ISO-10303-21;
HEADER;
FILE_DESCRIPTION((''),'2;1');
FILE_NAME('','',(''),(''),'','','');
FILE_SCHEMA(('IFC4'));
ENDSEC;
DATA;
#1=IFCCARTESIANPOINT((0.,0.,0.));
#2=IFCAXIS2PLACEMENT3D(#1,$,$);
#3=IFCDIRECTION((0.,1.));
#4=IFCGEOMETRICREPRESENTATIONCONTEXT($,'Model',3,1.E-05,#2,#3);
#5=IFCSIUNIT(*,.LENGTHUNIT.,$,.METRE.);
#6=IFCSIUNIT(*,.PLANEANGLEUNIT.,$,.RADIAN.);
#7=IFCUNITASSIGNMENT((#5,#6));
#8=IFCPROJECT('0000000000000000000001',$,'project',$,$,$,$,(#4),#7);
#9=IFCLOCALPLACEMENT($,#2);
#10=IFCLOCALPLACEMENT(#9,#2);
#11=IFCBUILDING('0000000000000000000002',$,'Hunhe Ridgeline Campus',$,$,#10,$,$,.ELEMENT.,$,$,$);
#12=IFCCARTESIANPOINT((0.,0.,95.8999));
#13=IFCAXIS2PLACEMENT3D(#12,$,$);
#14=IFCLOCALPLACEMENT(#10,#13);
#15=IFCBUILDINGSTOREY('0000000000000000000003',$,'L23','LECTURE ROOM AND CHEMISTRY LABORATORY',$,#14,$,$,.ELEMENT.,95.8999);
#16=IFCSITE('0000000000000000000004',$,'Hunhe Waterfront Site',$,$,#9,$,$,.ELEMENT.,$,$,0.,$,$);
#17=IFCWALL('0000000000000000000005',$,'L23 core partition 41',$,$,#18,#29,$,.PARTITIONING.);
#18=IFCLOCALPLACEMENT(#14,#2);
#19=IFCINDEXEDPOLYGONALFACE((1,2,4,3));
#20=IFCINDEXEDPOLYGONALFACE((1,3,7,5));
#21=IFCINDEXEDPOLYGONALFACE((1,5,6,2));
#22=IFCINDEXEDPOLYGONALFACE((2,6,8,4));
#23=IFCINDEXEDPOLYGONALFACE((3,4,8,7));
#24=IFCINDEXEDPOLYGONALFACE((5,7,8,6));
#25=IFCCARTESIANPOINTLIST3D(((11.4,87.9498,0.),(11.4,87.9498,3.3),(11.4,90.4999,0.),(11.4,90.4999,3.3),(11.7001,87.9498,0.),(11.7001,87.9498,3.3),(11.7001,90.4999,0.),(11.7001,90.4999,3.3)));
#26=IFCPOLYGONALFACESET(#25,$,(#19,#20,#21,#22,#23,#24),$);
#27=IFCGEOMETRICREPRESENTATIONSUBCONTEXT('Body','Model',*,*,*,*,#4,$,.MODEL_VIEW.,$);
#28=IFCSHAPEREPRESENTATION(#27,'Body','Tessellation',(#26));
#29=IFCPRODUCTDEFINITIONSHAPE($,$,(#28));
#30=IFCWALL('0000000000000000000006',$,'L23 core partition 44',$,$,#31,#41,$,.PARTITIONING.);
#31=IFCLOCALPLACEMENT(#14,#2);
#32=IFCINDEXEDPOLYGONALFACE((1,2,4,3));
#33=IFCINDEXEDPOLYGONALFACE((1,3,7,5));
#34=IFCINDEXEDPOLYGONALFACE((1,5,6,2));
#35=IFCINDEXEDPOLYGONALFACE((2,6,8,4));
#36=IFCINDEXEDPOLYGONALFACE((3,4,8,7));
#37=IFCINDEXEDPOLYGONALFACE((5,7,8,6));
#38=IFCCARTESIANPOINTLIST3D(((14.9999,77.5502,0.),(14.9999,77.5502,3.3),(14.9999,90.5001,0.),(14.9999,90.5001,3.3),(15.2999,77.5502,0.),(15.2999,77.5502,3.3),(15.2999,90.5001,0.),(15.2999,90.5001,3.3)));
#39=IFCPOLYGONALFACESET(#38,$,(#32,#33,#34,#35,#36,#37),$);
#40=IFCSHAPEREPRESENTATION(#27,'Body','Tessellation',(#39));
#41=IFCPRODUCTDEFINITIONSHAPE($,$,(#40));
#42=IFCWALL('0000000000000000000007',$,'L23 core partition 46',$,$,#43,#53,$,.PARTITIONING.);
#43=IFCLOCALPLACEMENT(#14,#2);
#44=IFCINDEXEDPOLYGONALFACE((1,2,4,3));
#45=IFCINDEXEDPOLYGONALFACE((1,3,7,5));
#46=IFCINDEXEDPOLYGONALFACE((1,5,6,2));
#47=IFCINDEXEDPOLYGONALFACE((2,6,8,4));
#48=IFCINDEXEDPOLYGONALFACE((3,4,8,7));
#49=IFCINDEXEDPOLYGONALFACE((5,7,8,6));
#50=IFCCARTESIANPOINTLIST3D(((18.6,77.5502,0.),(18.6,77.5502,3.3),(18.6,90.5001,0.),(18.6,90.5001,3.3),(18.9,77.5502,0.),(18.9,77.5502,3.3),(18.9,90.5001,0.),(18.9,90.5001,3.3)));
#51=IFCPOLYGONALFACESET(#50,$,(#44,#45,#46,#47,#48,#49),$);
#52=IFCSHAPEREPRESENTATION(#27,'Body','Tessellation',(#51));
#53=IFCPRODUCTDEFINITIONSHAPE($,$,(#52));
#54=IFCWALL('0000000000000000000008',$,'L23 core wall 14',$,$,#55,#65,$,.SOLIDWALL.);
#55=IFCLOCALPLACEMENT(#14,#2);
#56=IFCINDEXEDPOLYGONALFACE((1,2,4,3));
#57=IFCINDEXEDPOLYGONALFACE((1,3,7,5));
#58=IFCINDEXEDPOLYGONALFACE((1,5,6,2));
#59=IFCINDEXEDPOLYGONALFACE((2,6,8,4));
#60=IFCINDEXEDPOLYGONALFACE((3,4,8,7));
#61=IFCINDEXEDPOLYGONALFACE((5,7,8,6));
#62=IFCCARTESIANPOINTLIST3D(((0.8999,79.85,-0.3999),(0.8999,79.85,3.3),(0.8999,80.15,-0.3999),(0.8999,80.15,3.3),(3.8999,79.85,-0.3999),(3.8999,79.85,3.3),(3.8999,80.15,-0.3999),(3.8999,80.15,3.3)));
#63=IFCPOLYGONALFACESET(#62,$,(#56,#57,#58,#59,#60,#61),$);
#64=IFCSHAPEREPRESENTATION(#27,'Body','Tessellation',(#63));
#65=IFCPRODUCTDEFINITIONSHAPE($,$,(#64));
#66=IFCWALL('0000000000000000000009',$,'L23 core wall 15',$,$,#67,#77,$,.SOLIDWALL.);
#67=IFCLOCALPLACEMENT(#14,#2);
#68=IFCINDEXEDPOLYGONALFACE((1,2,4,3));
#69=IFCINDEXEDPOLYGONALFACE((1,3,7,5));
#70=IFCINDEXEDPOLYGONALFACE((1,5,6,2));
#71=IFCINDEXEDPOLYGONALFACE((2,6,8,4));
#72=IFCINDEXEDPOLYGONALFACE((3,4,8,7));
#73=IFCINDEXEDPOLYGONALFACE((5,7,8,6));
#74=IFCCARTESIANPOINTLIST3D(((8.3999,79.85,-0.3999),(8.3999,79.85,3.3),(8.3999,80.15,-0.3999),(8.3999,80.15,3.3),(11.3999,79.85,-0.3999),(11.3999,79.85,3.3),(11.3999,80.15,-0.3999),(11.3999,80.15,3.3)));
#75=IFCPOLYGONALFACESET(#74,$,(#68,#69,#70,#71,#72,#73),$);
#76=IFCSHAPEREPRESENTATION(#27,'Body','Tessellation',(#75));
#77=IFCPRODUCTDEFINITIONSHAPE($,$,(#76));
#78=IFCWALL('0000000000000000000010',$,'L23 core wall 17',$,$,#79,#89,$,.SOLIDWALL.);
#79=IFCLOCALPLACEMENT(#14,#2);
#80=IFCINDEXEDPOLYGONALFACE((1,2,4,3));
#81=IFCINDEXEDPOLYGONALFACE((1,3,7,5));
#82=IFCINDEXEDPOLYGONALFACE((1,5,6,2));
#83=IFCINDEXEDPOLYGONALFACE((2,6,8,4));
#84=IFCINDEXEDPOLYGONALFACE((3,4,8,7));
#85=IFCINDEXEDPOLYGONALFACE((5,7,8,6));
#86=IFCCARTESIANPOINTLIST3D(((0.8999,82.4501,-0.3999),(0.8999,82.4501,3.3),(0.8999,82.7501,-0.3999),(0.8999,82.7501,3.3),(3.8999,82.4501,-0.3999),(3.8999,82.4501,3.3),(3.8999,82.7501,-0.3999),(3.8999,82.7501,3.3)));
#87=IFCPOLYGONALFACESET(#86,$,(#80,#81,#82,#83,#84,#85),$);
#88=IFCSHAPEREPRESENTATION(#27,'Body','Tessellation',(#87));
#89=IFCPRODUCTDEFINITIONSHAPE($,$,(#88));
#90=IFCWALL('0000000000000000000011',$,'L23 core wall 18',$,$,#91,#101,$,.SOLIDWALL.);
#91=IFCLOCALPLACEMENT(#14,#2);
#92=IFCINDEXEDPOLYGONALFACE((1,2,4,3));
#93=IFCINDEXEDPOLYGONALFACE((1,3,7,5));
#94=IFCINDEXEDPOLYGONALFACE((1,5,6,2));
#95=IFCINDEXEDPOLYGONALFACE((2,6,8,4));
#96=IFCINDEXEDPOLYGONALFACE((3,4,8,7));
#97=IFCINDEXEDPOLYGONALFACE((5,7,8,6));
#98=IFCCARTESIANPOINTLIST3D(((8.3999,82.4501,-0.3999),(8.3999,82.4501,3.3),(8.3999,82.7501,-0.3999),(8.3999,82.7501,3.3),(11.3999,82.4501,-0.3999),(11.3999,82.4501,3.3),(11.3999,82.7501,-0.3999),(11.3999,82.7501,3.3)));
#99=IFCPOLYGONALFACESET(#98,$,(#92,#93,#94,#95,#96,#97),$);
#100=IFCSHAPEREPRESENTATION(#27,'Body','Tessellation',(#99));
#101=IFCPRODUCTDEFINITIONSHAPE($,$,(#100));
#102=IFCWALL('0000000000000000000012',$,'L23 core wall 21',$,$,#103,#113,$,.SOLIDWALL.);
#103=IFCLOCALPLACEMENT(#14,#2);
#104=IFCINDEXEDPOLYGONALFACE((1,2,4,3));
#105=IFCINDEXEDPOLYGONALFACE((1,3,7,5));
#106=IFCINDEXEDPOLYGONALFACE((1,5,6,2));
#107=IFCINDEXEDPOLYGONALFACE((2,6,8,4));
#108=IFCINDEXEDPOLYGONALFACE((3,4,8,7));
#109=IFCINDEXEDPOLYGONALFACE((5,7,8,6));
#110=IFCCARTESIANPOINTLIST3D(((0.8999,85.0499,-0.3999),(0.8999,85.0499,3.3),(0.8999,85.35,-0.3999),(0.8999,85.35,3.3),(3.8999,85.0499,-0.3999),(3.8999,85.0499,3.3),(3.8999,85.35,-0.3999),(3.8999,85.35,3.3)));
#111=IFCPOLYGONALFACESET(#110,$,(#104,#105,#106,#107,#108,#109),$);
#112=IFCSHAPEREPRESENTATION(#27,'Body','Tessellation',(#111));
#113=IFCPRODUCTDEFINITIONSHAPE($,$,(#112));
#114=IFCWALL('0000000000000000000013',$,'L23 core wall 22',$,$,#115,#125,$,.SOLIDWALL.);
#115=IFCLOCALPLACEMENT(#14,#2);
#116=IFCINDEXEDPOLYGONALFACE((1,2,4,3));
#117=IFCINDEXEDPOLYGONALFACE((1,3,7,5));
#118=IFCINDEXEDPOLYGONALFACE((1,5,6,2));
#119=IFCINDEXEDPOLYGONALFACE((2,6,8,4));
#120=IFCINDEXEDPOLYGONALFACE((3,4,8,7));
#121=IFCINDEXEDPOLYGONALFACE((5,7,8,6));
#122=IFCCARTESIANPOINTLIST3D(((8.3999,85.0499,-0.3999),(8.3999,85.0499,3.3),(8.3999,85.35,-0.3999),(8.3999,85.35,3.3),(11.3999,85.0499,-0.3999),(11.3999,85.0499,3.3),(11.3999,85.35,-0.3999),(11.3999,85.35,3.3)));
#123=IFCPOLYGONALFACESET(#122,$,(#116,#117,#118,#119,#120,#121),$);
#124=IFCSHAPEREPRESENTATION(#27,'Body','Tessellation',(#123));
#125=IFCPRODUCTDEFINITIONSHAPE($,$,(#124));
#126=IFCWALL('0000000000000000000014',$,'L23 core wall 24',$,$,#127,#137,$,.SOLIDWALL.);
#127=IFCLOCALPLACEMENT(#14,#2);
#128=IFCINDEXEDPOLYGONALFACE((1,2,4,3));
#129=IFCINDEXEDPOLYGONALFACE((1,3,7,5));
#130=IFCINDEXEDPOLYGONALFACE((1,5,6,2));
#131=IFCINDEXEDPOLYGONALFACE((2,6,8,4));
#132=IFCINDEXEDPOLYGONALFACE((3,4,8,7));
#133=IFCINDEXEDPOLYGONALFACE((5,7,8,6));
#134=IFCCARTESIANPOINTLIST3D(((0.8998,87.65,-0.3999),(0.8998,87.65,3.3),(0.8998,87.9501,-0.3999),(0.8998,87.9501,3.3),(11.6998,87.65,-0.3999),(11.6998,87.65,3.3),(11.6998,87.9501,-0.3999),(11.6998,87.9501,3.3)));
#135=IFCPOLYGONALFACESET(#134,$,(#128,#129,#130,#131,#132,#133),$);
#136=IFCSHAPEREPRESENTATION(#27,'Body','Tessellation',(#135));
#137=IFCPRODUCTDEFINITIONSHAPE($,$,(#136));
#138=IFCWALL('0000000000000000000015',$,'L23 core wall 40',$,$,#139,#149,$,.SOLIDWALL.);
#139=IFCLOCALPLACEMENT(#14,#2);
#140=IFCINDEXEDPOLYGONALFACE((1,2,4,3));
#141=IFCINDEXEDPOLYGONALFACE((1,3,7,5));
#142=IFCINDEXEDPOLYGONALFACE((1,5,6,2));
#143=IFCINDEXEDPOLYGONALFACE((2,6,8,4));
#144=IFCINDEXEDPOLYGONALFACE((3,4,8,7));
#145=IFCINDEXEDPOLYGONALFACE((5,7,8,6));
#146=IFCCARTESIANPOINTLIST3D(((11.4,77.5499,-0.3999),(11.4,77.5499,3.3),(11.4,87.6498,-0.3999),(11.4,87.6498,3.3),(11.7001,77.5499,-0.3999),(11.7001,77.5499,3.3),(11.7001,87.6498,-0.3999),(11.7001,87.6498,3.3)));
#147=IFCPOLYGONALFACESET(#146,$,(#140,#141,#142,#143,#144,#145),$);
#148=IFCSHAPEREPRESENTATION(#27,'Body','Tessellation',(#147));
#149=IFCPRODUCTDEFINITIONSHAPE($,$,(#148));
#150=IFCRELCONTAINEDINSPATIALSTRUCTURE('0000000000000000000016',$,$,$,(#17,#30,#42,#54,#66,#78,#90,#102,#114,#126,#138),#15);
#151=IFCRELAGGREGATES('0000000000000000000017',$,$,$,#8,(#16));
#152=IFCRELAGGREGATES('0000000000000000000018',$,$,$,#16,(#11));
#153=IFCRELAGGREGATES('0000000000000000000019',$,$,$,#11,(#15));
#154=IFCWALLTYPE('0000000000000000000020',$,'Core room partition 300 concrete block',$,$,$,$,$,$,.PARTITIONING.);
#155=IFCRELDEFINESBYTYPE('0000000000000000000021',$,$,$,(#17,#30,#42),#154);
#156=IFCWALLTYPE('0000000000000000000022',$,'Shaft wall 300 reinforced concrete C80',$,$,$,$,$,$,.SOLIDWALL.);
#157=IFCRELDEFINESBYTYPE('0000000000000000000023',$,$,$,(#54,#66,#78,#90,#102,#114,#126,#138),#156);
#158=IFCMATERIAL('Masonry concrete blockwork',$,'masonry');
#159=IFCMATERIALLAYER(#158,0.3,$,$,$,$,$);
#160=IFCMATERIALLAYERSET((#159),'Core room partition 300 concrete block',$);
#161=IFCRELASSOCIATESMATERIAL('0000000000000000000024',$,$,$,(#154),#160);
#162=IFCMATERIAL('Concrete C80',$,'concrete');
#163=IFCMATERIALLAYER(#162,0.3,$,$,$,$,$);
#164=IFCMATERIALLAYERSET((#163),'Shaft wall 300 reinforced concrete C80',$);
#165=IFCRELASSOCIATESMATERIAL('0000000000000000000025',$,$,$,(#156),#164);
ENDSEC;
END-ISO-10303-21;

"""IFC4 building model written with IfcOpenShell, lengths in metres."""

from ifc_helpers import new_model, si_unit, direction, frame, frame_2d, origin, place, context, subcontext, project, spatial, rectangle, extrude, material, layer, layer_set, type_object, element, save


model = new_model("IFC4")

# Units and contexts
model_context = context("Model", 3, precision=1e-05, world=origin(), true_north=direction((0.0, 1.0)))
body_context = subcontext(model_context, "Body", "Model", "MODEL_VIEW")
ifc_project = project(units=[si_unit("LENGTHUNIT", "METRE"), si_unit("PLANEANGLEUNIT", "RADIAN")], contexts=[model_context])

# Site, building, storey
site_placement = place(None, origin())
site = spatial("IfcSite", under=ifc_project, at=site_placement, Name="Hunhe Waterfront Site", CompositionType="ELEMENT", RefElevation=0.0)
building_placement = place(site_placement, origin())
building = spatial("IfcBuilding", under=site, at=building_placement, Name="Hunhe Ridgeline Campus", CompositionType="ELEMENT")
storey_placement = place(building_placement, frame((0.0, 0.0, 95.8999)))
storey = spatial("IfcBuildingStorey", under=building, at=storey_placement, Name="L23", Description="LECTURE ROOM AND CHEMISTRY LABORATORY", CompositionType="ELEMENT", Elevation=95.8999)

# Walls
ifc_material_1 = material(Name="Masonry concrete blockwork", Category="masonry")
ifc_layer_1 = layer(ifc_material_1, 0.3)
ifc_layer_set_1 = layer_set([ifc_layer_1], Name="Core room partition 300 concrete block")
wall_type_1 = type_object("IfcWallType", Name="Core room partition 300 concrete block", PredefinedType="PARTITIONING", material=ifc_layer_set_1)
wall_1_placement = place(storey_placement, frame((11.55, 87.95, 0.0), z_axis=(0.0, 0.0, 1.0), x_axis=(0.0, 1.0, 0.0)))
element("IfcWall", 1, at=wall_1_placement, inside=storey, type_object=wall_type_1, Name="L23 core partition 41", PredefinedType="PARTITIONING", context=body_context, shape_type="SweptSolid", body=[
    extrude(rectangle(XDim=2.55, YDim=0.3, at=frame_2d((1.2749, 0.0))), origin(), (0.0, 0.0, 1.0), 3.3),
])
for number, where, z_axis, x_axis, name in (
    (2, (15.1499, 77.55, 0.0), (0.0, 0.0, 1.0), (0.0, 1.0, 0.0), "L23 core partition 44"),
    (3, (18.75, 77.55, 0.0), (0.0, 0.0, 1.0), (0.0, 1.0, 0.0), "L23 core partition 46"),
):
    element("IfcWall", number, at=place(storey_placement, frame(where, z_axis=z_axis, x_axis=x_axis)), inside=storey, type_object=wall_type_1, Name=name, PredefinedType="PARTITIONING", context=body_context, shape_type="SweptSolid", body=[
        extrude(rectangle(XDim=12.95, YDim=0.3, at=frame_2d((6.4751, 0.0))), origin(), (0.0, 0.0, 1.0), 3.3),
    ])
ifc_material_2 = material(Name="Concrete C80", Category="concrete")
ifc_layer_2 = layer(ifc_material_2, 0.3)
ifc_layer_set_2 = layer_set([ifc_layer_2], Name="Shaft wall 300 reinforced concrete C80")
wall_type_2 = type_object("IfcWallType", Name="Shaft wall 300 reinforced concrete C80", PredefinedType="SOLIDWALL", material=ifc_layer_set_2)
for number, where, z_axis, x_axis, name in (
    (4, (0.8999, 80.0, -0.3999), (0.0, 0.0, 1.0), (1.0, 0.0, 0.0), "L23 core wall 14"),
    (5, (8.3999, 80.0, -0.3999), (0.0, 0.0, 1.0), (1.0, 0.0, 0.0), "L23 core wall 15"),
    (6, (0.8999, 82.6001, -0.3999), (0.0, 0.0, 1.0), (1.0, 0.0, 0.0), "L23 core wall 17"),
    (7, (8.3999, 82.6001, -0.3999), (0.0, 0.0, 1.0), (1.0, 0.0, 0.0), "L23 core wall 18"),
    (8, (0.8999, 85.2, -0.3999), (0.0, 0.0, 1.0), (1.0, 0.0, 0.0), "L23 core wall 21"),
    (9, (8.3999, 85.2, -0.3999), (0.0, 0.0, 1.0), (1.0, 0.0, 0.0), "L23 core wall 22"),
):
    element("IfcWall", number, at=place(storey_placement, frame(where, z_axis=z_axis, x_axis=x_axis)), inside=storey, type_object=wall_type_2, Name=name, PredefinedType="SOLIDWALL", context=body_context, shape_type="SweptSolid", body=[
        extrude(rectangle(XDim=3.0, YDim=0.3, at=frame_2d((1.5, 0.0))), origin(), (0.0, 0.0, 1.0), 3.7),
    ])
wall_2_placement = place(storey_placement, frame((0.8999, 87.8, -0.3999), z_axis=(0.0, 0.0, 1.0), x_axis=(1.0, 0.0, 0.0)))
element("IfcWall", 10, at=wall_2_placement, inside=storey, type_object=wall_type_2, Name="L23 core wall 24", PredefinedType="SOLIDWALL", context=body_context, shape_type="SweptSolid", body=[
    extrude(rectangle(XDim=10.8, YDim=0.3, at=frame_2d((5.3999, 0.0))), origin(), (0.0, 0.0, 1.0), 3.7),
])

# Wall
wall_3_placement = place(storey_placement, frame((11.55, 77.55, -0.3999), z_axis=(0.0, 0.0, 1.0), x_axis=(0.0, 1.0, 0.0)))
element("IfcWall", 11, at=wall_3_placement, inside=storey, type_object=wall_type_2, Name="L23 core wall 40", PredefinedType="SOLIDWALL", context=body_context, shape_type="SweptSolid", body=[
    extrude(rectangle(XDim=10.0999, YDim=0.3, at=frame_2d((5.0498, 0.0))), origin(), (0.0, 0.0, 1.0), 3.7),
])

save(model, "model.ifc")
